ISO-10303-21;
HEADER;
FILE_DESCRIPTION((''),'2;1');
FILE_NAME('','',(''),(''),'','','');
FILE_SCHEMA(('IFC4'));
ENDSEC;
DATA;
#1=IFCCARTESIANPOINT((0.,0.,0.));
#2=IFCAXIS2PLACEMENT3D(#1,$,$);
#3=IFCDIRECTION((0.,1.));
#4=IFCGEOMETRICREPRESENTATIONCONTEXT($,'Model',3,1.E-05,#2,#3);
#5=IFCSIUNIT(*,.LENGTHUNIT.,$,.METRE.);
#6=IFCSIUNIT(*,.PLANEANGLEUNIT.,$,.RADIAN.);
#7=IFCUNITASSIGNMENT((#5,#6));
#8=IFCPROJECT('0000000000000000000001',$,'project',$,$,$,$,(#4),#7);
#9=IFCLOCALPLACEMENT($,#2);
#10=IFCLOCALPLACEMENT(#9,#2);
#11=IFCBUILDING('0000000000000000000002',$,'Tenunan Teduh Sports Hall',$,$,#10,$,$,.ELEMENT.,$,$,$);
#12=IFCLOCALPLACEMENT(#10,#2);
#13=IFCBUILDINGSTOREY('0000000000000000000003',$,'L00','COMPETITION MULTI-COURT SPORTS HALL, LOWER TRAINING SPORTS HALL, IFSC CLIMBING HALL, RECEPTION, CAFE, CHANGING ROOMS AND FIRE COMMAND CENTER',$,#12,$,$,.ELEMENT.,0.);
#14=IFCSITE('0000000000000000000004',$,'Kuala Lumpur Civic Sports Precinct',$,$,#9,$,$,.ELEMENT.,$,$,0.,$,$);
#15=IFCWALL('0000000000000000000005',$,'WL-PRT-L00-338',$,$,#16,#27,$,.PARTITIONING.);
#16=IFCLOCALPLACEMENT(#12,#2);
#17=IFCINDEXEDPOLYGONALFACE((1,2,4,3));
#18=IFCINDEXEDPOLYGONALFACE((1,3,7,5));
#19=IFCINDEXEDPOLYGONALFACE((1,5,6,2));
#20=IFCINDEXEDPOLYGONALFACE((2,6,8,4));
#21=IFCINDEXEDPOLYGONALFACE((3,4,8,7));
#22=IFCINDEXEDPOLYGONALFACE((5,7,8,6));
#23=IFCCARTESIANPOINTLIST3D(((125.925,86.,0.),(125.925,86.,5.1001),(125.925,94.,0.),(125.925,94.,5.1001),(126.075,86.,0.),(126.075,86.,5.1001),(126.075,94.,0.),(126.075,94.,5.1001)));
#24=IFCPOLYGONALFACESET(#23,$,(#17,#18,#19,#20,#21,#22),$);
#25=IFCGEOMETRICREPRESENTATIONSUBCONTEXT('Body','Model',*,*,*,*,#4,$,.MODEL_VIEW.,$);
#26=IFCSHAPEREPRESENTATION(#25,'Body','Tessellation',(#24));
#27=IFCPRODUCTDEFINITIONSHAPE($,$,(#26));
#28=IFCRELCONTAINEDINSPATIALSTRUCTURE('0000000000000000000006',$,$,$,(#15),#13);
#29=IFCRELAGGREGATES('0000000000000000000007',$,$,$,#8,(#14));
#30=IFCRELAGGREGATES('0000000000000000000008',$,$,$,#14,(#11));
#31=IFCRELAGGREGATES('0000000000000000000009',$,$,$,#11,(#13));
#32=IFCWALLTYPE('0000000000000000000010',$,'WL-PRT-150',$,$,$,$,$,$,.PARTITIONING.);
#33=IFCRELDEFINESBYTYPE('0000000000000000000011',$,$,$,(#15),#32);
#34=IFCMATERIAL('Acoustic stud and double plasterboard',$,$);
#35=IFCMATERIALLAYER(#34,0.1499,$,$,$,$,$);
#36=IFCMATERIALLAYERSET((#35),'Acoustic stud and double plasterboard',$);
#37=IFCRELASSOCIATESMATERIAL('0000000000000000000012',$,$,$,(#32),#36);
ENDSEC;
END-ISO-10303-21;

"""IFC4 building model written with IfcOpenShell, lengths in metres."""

from ifc_helpers import new_model, si_unit, direction, frame, frame_2d, origin, place, context, subcontext, project, spatial, rectangle, extrude, material, layer, layer_set, type_object, element, save


model = new_model("IFC4")

# Units and contexts
model_context = context("Model", 3, precision=1e-05, world=origin(), true_north=direction((0.0, 1.0)))
body_context = subcontext(model_context, "Body", "Model", "MODEL_VIEW")
ifc_project = project(units=[si_unit("LENGTHUNIT", "METRE"), si_unit("PLANEANGLEUNIT", "RADIAN")], contexts=[model_context])

# Site, building, storey
site_placement = place(None, origin())
site = spatial("IfcSite", under=ifc_project, at=site_placement, Name="Kuala Lumpur Civic Sports Precinct", CompositionType="ELEMENT", RefElevation=0.0)
building_placement = place(site_placement, origin())
building = spatial("IfcBuilding", under=site, at=building_placement, Name="Tenunan Teduh Sports Hall", CompositionType="ELEMENT")
storey_placement = place(building_placement, origin())
storey = spatial("IfcBuildingStorey", under=building, at=storey_placement, Name="L00", Description="COMPETITION MULTI-COURT SPORTS HALL, LOWER TRAINING SPORTS HALL, IFSC CLIMBING HALL, RECEPTION, CAFE, CHANGING ROOMS AND FIRE COMMAND CENTER", CompositionType="ELEMENT", Elevation=0.0)

# Wall
ifc_material_1 = material(Name="Acoustic stud and double plasterboard")
ifc_layer_1 = layer(ifc_material_1, 0.1499)
ifc_layer_set_1 = layer_set([ifc_layer_1], Name="Acoustic stud and double plasterboard")
wall_type = type_object("IfcWallType", Name="WL-PRT-150", PredefinedType="PARTITIONING", material=ifc_layer_set_1)
wall_placement = place(storey_placement, frame((126.0, 86.0, 0.0), z_axis=(0.0, 0.0, 1.0), x_axis=(0.0, 1.0, 0.0)))
element("IfcWall", 1, at=wall_placement, inside=storey, type_object=wall_type, Name="WL-PRT-L00-338", PredefinedType="PARTITIONING", context=body_context, shape_type="SweptSolid", body=[
    extrude(rectangle(XDim=8.0, YDim=0.1499, at=frame_2d((4.0, 0.0))), origin(), (0.0, 0.0, 1.0), 5.1001),
])

save(model, "model.ifc")
